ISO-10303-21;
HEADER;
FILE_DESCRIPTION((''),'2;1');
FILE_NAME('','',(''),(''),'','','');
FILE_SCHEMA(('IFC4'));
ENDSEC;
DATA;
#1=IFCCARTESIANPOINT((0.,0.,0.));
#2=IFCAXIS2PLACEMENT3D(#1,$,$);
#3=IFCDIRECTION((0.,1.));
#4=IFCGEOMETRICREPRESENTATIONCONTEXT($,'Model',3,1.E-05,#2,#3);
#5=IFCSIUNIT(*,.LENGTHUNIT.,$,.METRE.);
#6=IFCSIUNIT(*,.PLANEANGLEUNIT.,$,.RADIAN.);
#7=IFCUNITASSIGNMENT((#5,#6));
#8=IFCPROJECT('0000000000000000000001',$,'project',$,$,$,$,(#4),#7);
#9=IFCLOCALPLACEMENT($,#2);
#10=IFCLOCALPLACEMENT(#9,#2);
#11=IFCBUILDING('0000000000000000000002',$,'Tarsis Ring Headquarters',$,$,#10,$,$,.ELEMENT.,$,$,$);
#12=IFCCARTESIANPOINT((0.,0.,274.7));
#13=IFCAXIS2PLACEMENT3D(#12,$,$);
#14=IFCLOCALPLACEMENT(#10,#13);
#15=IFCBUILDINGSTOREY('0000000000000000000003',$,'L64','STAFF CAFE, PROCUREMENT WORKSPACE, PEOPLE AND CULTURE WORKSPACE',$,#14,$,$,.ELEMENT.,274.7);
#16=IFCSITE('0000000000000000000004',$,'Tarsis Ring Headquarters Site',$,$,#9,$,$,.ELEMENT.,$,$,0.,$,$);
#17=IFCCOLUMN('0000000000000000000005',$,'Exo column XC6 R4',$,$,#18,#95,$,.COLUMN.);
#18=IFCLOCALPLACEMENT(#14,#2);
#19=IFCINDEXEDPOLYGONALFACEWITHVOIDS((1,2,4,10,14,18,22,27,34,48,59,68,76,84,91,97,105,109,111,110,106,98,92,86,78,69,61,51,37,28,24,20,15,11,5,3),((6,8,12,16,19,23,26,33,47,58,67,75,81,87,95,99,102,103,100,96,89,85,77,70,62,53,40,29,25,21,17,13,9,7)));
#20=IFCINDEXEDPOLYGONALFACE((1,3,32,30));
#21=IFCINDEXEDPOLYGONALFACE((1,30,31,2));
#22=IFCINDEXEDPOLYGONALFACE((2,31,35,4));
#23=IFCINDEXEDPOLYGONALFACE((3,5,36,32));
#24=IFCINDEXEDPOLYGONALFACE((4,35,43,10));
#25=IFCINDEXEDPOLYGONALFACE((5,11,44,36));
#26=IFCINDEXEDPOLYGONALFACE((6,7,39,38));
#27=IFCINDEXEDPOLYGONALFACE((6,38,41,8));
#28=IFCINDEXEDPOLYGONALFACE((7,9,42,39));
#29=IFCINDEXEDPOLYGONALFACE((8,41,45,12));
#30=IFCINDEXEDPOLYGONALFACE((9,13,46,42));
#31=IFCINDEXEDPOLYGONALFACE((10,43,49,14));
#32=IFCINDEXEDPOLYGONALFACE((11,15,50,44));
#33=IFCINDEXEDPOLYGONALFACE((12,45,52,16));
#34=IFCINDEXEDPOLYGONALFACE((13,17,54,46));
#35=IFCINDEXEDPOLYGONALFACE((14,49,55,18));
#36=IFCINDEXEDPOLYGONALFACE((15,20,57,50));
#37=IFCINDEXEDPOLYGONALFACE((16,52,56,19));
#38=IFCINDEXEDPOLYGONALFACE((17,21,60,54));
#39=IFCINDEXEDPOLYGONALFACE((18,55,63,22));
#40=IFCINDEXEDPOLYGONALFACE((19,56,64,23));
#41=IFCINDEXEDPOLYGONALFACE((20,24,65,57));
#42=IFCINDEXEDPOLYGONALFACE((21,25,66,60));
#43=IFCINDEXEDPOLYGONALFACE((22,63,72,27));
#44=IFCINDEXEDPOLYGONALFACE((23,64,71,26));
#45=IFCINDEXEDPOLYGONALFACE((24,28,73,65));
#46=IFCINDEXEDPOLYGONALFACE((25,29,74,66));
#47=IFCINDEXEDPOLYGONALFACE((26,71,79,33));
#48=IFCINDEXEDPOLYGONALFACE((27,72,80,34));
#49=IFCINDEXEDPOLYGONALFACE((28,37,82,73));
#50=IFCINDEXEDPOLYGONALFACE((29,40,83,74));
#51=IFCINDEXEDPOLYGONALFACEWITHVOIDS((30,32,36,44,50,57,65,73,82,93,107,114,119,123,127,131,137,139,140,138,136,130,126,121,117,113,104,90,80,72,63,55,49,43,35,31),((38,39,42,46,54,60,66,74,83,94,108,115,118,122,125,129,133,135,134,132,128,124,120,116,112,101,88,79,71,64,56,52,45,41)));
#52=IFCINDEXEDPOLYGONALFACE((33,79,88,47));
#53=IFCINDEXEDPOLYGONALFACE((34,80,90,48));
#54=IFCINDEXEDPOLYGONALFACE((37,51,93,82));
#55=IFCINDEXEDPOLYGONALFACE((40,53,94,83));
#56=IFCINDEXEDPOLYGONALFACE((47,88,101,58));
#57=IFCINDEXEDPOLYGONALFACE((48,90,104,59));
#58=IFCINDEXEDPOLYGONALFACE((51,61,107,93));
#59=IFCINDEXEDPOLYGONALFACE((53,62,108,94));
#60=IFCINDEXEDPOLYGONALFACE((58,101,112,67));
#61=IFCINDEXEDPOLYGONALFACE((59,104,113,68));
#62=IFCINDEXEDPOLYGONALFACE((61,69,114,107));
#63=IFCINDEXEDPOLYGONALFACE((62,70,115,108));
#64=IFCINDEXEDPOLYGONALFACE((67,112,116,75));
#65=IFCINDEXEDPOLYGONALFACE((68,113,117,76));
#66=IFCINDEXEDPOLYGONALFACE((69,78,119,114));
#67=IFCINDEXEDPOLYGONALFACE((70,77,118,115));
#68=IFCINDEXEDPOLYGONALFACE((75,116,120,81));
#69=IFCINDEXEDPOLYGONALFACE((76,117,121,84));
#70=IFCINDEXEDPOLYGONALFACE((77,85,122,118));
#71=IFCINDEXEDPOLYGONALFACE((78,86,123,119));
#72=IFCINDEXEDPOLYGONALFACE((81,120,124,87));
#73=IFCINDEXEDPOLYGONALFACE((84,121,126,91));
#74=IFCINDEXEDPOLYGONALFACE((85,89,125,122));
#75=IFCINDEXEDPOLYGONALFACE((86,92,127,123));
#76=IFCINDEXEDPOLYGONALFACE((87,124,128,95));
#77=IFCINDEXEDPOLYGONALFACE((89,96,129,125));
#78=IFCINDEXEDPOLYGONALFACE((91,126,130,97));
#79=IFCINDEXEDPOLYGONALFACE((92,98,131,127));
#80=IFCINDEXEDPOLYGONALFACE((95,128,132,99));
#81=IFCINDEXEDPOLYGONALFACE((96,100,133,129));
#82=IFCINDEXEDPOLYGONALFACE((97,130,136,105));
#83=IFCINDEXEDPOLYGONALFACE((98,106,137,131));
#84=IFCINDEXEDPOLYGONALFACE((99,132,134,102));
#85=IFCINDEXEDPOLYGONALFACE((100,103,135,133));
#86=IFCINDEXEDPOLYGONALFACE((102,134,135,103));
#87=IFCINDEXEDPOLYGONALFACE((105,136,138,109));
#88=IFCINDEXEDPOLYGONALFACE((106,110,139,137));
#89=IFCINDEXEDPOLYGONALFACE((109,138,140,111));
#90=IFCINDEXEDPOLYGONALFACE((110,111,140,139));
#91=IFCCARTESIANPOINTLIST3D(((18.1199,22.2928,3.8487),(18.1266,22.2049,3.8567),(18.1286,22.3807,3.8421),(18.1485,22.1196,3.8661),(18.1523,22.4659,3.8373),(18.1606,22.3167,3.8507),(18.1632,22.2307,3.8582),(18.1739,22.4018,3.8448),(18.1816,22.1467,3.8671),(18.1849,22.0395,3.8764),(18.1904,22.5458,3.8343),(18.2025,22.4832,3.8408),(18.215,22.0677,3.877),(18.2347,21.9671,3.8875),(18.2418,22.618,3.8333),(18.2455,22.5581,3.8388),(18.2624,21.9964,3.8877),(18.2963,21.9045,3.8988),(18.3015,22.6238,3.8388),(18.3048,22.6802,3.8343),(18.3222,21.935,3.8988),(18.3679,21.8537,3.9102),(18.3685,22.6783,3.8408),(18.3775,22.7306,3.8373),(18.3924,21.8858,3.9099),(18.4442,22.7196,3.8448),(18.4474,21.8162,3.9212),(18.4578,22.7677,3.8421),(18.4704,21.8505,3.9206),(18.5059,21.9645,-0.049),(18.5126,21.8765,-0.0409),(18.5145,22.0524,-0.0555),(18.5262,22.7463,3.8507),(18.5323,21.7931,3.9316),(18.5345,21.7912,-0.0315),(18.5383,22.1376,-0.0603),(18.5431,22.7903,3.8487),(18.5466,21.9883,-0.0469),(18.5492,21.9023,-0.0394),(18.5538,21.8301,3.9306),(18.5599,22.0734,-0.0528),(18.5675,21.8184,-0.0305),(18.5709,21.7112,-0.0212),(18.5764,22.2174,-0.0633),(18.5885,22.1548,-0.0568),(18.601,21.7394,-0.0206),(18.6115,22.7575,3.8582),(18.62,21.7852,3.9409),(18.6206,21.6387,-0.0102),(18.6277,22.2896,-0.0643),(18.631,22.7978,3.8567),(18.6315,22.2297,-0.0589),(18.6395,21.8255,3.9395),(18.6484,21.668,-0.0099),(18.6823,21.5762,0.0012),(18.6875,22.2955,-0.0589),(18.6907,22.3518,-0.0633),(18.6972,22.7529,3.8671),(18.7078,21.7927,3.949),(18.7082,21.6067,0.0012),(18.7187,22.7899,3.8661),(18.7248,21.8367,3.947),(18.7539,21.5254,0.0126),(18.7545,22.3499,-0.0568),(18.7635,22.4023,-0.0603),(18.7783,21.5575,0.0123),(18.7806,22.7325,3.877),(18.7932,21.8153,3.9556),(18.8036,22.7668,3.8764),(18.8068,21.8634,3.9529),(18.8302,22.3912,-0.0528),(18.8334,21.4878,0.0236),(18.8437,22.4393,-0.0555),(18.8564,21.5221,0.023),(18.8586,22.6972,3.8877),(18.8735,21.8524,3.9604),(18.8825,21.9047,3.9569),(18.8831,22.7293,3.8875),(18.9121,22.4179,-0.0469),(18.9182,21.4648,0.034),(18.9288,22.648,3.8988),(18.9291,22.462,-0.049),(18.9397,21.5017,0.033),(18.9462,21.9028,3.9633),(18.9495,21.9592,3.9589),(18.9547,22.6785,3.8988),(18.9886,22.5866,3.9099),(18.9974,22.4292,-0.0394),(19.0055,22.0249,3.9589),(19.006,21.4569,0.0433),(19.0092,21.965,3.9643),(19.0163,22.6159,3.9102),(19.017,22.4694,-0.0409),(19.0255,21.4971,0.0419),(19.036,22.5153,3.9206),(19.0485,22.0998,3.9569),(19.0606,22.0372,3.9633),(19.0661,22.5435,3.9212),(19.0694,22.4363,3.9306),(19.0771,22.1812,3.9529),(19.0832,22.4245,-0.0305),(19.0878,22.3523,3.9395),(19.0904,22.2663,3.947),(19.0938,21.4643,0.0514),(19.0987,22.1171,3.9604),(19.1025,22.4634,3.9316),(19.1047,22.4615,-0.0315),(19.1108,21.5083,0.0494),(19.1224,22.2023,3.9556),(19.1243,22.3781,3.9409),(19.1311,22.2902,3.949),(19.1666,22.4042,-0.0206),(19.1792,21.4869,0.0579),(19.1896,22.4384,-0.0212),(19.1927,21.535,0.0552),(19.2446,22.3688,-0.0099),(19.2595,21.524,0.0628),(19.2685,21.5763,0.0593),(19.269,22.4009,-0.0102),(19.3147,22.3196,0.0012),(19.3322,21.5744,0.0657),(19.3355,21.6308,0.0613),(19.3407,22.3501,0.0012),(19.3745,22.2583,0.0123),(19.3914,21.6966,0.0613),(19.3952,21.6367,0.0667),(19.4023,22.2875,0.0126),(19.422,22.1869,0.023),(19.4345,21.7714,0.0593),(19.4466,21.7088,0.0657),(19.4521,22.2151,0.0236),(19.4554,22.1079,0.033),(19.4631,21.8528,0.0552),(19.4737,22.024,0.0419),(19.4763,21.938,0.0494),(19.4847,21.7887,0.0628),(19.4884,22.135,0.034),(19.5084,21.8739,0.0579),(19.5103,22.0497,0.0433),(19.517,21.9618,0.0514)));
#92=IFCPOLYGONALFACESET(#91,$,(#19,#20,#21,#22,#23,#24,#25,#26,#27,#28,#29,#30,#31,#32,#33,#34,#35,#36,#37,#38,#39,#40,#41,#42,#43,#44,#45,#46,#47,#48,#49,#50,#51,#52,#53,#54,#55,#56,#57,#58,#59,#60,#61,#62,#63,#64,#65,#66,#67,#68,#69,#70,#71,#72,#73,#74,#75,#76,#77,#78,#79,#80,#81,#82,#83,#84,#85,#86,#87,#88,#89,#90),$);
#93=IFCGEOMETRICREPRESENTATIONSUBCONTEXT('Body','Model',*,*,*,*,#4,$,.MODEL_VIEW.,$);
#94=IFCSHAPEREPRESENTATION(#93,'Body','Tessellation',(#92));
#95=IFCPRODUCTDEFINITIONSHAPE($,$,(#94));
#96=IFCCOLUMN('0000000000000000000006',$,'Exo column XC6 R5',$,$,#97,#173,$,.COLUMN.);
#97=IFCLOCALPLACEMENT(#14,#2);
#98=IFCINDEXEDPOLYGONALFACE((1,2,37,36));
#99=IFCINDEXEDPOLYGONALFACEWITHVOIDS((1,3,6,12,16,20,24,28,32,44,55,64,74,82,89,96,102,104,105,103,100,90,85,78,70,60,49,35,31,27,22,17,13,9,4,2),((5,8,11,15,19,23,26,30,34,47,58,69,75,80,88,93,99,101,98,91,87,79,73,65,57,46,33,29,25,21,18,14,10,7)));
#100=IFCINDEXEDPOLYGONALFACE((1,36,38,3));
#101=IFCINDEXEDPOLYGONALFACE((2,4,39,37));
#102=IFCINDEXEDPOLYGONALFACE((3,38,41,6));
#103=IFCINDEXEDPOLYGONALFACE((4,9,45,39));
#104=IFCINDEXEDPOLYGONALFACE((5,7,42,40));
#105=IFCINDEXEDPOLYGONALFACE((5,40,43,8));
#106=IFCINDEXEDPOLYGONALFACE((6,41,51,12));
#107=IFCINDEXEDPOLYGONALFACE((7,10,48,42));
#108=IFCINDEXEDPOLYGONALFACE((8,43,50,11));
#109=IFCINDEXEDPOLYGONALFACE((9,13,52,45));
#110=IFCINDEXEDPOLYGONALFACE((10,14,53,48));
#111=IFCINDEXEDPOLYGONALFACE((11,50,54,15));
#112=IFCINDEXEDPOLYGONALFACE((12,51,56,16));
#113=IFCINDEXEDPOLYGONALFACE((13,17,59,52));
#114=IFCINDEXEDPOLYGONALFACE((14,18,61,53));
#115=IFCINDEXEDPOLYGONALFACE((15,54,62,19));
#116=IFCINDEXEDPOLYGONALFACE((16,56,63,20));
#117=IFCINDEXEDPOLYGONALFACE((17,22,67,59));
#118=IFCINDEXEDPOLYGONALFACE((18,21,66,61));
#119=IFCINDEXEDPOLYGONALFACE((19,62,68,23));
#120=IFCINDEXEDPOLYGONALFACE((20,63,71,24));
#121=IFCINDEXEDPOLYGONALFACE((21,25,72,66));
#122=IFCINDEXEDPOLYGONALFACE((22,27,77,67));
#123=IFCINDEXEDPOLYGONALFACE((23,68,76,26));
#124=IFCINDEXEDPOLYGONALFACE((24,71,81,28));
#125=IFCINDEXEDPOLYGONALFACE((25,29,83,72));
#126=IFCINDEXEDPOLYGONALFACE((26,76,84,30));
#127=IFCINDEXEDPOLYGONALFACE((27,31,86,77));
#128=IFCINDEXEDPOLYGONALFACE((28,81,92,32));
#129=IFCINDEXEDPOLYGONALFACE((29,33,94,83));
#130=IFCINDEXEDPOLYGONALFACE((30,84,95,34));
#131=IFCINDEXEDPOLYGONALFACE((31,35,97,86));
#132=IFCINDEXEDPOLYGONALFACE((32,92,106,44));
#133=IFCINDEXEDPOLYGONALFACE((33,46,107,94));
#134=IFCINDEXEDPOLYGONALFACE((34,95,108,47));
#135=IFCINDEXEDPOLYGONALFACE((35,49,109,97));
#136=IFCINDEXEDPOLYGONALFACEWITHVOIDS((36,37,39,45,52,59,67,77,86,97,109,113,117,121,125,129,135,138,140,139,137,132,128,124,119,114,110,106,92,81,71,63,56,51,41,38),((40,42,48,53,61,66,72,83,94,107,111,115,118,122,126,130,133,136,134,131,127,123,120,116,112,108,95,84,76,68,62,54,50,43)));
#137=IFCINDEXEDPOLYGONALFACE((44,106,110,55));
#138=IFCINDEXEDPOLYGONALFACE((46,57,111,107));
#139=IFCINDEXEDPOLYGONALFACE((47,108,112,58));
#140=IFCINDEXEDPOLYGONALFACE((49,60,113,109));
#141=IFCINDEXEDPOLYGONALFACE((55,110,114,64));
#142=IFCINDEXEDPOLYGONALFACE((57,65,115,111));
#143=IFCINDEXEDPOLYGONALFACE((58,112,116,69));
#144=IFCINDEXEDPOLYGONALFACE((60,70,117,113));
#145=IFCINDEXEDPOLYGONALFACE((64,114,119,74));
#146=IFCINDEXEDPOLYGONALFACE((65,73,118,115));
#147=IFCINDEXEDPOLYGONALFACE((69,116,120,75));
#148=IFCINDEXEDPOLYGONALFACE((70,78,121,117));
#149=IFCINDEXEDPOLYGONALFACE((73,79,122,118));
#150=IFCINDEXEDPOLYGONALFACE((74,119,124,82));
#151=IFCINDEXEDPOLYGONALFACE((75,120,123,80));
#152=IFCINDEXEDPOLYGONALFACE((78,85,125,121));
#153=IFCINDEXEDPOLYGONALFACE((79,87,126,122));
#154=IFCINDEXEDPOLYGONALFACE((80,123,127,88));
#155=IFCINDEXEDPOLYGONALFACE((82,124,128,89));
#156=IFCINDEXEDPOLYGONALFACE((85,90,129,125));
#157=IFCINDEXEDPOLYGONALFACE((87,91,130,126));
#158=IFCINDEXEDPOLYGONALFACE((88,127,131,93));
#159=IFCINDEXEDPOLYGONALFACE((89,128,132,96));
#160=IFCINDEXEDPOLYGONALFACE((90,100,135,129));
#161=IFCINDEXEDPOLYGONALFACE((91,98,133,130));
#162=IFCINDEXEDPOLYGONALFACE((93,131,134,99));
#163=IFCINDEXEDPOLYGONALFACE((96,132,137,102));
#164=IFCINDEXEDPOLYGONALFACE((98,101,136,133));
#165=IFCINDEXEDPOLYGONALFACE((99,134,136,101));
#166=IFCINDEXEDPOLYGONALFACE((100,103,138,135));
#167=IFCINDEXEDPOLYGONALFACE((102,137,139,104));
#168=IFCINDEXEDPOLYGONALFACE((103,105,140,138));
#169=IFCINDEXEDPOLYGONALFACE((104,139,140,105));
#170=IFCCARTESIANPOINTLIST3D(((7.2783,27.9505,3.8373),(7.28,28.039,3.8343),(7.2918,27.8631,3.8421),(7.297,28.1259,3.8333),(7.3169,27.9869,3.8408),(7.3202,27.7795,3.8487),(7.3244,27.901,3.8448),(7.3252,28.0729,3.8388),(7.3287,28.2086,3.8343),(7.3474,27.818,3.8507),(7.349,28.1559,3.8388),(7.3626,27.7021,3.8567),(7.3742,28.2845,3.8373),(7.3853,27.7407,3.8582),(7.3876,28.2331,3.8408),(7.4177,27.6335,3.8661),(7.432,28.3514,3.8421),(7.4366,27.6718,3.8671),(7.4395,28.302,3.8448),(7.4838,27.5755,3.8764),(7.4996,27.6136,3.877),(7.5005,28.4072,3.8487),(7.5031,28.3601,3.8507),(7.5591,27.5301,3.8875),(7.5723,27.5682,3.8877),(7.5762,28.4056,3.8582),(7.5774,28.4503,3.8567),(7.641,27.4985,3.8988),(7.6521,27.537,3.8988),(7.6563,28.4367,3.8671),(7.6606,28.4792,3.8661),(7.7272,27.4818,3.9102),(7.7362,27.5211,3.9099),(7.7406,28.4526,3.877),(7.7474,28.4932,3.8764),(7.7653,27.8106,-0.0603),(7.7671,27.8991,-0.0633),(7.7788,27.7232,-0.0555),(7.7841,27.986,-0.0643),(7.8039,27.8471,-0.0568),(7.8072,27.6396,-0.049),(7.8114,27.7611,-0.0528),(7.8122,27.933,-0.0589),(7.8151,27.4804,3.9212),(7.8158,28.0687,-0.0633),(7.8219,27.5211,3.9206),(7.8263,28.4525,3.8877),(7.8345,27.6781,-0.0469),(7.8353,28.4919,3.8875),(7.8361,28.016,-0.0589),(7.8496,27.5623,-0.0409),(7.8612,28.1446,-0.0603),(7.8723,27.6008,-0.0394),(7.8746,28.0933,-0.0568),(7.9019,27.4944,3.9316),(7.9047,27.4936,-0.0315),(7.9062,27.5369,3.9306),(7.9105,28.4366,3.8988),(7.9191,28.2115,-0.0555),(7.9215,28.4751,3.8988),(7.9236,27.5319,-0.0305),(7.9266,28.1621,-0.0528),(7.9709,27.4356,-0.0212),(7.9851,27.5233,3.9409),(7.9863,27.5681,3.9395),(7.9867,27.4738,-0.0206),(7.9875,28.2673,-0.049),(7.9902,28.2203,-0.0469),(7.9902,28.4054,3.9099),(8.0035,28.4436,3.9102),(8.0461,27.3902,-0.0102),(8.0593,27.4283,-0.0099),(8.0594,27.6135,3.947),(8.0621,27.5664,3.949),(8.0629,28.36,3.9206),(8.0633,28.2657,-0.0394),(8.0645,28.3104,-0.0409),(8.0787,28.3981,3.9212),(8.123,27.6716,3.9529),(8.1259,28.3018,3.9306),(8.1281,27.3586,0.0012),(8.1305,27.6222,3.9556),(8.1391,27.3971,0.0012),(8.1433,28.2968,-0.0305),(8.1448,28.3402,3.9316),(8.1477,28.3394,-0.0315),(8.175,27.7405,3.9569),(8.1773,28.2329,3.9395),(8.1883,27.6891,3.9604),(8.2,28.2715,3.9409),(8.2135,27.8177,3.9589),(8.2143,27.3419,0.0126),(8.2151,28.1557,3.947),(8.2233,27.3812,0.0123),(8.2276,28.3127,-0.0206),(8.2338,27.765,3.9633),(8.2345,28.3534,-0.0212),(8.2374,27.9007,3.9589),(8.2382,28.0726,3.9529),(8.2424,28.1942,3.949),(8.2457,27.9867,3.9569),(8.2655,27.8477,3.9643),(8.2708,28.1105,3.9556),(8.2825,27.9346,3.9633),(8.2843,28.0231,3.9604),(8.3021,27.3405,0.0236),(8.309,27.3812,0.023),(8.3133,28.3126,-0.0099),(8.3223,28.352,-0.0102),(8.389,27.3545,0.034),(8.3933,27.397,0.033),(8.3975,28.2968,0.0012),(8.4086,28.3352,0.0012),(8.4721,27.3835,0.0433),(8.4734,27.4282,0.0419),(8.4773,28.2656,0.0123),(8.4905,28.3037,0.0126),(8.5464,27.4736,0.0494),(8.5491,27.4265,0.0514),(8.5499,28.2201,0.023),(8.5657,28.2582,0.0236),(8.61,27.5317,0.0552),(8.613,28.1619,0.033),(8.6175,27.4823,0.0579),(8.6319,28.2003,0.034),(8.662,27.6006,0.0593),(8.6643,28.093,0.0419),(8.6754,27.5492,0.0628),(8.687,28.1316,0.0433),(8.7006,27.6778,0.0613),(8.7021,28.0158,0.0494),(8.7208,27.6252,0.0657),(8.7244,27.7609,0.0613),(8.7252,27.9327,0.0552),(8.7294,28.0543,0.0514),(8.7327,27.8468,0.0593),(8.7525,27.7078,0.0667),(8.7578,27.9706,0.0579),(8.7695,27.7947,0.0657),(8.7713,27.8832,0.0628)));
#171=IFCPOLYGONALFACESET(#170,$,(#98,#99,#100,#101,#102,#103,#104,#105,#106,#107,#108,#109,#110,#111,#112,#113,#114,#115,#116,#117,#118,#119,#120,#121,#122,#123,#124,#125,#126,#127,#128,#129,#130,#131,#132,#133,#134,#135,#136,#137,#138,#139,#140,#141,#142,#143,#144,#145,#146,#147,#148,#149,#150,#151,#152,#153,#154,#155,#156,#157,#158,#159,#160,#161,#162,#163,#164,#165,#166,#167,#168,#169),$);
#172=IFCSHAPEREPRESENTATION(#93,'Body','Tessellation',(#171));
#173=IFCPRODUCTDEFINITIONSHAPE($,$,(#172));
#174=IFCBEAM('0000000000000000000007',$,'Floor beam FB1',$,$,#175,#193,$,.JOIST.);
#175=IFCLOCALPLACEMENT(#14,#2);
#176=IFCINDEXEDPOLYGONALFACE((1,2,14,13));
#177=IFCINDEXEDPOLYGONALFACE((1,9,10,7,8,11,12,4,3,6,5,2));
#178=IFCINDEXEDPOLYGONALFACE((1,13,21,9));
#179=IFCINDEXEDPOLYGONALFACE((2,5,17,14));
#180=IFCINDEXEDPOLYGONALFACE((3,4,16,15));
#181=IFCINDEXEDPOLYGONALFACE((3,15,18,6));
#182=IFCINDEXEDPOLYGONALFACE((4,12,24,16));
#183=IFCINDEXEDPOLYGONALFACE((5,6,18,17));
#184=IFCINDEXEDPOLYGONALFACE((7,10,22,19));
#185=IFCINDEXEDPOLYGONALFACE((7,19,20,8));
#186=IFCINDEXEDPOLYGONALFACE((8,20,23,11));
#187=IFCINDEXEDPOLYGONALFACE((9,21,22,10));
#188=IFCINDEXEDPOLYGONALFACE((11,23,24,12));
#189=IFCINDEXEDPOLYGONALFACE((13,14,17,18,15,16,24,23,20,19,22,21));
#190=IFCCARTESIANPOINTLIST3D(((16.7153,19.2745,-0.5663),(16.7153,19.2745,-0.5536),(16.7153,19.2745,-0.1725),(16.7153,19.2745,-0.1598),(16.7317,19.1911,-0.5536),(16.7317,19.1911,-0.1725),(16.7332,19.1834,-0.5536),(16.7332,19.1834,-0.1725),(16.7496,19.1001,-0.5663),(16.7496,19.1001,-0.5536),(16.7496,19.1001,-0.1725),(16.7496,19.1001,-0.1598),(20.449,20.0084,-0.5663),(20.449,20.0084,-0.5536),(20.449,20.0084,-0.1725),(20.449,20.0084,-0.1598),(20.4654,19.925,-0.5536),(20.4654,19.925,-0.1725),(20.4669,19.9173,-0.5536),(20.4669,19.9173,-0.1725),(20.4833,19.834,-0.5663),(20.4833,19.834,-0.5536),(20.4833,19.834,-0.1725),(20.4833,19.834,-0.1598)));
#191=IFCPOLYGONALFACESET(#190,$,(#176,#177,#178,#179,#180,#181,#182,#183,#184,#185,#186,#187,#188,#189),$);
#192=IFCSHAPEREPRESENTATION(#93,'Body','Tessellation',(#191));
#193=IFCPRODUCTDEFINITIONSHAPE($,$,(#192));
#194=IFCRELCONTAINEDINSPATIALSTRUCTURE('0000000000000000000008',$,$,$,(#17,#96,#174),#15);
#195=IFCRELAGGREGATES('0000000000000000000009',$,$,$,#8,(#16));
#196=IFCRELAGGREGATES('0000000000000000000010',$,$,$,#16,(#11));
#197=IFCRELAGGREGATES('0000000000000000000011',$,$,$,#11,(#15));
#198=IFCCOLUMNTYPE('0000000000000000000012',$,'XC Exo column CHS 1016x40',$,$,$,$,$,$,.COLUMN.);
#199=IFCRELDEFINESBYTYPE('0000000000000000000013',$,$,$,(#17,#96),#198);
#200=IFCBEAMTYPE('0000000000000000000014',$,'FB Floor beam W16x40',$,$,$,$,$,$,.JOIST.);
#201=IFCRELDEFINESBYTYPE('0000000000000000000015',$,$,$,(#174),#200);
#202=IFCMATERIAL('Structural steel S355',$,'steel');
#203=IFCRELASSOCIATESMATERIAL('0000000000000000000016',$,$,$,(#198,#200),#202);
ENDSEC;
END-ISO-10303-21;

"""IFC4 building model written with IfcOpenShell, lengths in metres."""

from ifc_helpers import new_model, si_unit, direction, frame, origin, origin_2d, place, context, subcontext, project, spatial, hollow_circle, i_section, extrude, material, material_profile, profile_set, type_object, element, save


model = new_model("IFC4")

# Units and contexts
model_context = context("Model", 3, precision=1e-05, world=origin(), true_north=direction((0.0, 1.0)))
body_context = subcontext(model_context, "Body", "Model", "MODEL_VIEW")
ifc_project = project(units=[si_unit("LENGTHUNIT", "METRE"), si_unit("PLANEANGLEUNIT", "RADIAN")], contexts=[model_context])

# Site, building, storey
site_placement = place(None, origin())
site = spatial("IfcSite", under=ifc_project, at=site_placement, Name="Tarsis Ring Headquarters Site", CompositionType="ELEMENT", RefElevation=0.0)
building_placement = place(site_placement, origin())
building = spatial("IfcBuilding", under=site, at=building_placement, Name="Tarsis Ring Headquarters", CompositionType="ELEMENT")
storey_placement = place(building_placement, frame((0.0, 0.0, 274.7)))
storey = spatial("IfcBuildingStorey", under=building, at=storey_placement, Name="L64", Description="STAFF CAFE, PROCUREMENT WORKSPACE, PEOPLE AND CULTURE WORKSPACE", CompositionType="ELEMENT", Elevation=274.7)

# Columns
ifc_material_1 = material(Name="Structural steel S355", Category="steel")
ifc_material_profile_1 = material_profile(ifc_material_1, hollow_circle(Radius=0.5081, WallThickness=0.04, at=origin_2d()), Name="CHS 1016x40")
ifc_profile_set_1 = profile_set([ifc_material_profile_1], Name="Structural steel S355")
column_type = type_object("IfcColumnType", Name="XC Exo column CHS 1016x40", PredefinedType="COLUMN", material=ifc_profile_set_1)
for number, where, z_axis, x_axis, name in (
    (1, (19.0115, 21.9631, 0.0012), (-0.098203, 0.083544, 0.991654), (-0.64797, -0.761666, 0.0), "Exo column XC6 R4"),
    (2, (8.2683, 27.8469, 0.0012), (-0.123918, 0.035591, 0.991654), (-0.276057, -0.961141, 0.0), "Exo column XC6 R5"),
):
    element("IfcColumn", number, at=place(storey_placement, frame(where, z_axis=z_axis, x_axis=x_axis)), inside=storey, type_object=column_type, Name=name, PredefinedType="COLUMN", context=body_context, shape_type="SweptSolid", body=[
        extrude(hollow_circle(Radius=0.5081, WallThickness=0.04, at=origin_2d()), origin(), (0.0, 0.0, 1.0), 3.9304),
    ])

# Beam
ifc_material_profile_2 = material_profile(ifc_material_1, i_section(OverallWidth=0.1777, OverallDepth=0.4065, WebThickness=0.0078, FlangeThickness=0.0127, at=origin_2d()), Name="W16x40")
ifc_profile_set_2 = profile_set([ifc_material_profile_2], Name="Structural steel S355")
beam_type_1 = type_object("IfcBeamType", Name="FB Floor beam W16x40", PredefinedType="JOIST", material=ifc_profile_set_2)
for number, where, z_axis, x_axis, name in (
    (3, (16.7324, 19.1873, -0.363), (0.981224, 0.19287, 0.0), (-0.19287, 0.981224, 0.0), "Floor beam FB1"),
):
    element("IfcBeam", number, at=place(storey_placement, frame(where, z_axis=z_axis, x_axis=x_axis)), inside=storey, type_object=beam_type_1, Name=name, PredefinedType="JOIST", context=body_context, shape_type="SweptSolid", body=[
        extrude(i_section(OverallWidth=0.1777, OverallDepth=0.4065, WebThickness=0.0078, FlangeThickness=0.0127, at=origin_2d()), origin(), (0.0, 0.0, 1.0), 3.8052),
    ])

save(model, "model.ifc")
